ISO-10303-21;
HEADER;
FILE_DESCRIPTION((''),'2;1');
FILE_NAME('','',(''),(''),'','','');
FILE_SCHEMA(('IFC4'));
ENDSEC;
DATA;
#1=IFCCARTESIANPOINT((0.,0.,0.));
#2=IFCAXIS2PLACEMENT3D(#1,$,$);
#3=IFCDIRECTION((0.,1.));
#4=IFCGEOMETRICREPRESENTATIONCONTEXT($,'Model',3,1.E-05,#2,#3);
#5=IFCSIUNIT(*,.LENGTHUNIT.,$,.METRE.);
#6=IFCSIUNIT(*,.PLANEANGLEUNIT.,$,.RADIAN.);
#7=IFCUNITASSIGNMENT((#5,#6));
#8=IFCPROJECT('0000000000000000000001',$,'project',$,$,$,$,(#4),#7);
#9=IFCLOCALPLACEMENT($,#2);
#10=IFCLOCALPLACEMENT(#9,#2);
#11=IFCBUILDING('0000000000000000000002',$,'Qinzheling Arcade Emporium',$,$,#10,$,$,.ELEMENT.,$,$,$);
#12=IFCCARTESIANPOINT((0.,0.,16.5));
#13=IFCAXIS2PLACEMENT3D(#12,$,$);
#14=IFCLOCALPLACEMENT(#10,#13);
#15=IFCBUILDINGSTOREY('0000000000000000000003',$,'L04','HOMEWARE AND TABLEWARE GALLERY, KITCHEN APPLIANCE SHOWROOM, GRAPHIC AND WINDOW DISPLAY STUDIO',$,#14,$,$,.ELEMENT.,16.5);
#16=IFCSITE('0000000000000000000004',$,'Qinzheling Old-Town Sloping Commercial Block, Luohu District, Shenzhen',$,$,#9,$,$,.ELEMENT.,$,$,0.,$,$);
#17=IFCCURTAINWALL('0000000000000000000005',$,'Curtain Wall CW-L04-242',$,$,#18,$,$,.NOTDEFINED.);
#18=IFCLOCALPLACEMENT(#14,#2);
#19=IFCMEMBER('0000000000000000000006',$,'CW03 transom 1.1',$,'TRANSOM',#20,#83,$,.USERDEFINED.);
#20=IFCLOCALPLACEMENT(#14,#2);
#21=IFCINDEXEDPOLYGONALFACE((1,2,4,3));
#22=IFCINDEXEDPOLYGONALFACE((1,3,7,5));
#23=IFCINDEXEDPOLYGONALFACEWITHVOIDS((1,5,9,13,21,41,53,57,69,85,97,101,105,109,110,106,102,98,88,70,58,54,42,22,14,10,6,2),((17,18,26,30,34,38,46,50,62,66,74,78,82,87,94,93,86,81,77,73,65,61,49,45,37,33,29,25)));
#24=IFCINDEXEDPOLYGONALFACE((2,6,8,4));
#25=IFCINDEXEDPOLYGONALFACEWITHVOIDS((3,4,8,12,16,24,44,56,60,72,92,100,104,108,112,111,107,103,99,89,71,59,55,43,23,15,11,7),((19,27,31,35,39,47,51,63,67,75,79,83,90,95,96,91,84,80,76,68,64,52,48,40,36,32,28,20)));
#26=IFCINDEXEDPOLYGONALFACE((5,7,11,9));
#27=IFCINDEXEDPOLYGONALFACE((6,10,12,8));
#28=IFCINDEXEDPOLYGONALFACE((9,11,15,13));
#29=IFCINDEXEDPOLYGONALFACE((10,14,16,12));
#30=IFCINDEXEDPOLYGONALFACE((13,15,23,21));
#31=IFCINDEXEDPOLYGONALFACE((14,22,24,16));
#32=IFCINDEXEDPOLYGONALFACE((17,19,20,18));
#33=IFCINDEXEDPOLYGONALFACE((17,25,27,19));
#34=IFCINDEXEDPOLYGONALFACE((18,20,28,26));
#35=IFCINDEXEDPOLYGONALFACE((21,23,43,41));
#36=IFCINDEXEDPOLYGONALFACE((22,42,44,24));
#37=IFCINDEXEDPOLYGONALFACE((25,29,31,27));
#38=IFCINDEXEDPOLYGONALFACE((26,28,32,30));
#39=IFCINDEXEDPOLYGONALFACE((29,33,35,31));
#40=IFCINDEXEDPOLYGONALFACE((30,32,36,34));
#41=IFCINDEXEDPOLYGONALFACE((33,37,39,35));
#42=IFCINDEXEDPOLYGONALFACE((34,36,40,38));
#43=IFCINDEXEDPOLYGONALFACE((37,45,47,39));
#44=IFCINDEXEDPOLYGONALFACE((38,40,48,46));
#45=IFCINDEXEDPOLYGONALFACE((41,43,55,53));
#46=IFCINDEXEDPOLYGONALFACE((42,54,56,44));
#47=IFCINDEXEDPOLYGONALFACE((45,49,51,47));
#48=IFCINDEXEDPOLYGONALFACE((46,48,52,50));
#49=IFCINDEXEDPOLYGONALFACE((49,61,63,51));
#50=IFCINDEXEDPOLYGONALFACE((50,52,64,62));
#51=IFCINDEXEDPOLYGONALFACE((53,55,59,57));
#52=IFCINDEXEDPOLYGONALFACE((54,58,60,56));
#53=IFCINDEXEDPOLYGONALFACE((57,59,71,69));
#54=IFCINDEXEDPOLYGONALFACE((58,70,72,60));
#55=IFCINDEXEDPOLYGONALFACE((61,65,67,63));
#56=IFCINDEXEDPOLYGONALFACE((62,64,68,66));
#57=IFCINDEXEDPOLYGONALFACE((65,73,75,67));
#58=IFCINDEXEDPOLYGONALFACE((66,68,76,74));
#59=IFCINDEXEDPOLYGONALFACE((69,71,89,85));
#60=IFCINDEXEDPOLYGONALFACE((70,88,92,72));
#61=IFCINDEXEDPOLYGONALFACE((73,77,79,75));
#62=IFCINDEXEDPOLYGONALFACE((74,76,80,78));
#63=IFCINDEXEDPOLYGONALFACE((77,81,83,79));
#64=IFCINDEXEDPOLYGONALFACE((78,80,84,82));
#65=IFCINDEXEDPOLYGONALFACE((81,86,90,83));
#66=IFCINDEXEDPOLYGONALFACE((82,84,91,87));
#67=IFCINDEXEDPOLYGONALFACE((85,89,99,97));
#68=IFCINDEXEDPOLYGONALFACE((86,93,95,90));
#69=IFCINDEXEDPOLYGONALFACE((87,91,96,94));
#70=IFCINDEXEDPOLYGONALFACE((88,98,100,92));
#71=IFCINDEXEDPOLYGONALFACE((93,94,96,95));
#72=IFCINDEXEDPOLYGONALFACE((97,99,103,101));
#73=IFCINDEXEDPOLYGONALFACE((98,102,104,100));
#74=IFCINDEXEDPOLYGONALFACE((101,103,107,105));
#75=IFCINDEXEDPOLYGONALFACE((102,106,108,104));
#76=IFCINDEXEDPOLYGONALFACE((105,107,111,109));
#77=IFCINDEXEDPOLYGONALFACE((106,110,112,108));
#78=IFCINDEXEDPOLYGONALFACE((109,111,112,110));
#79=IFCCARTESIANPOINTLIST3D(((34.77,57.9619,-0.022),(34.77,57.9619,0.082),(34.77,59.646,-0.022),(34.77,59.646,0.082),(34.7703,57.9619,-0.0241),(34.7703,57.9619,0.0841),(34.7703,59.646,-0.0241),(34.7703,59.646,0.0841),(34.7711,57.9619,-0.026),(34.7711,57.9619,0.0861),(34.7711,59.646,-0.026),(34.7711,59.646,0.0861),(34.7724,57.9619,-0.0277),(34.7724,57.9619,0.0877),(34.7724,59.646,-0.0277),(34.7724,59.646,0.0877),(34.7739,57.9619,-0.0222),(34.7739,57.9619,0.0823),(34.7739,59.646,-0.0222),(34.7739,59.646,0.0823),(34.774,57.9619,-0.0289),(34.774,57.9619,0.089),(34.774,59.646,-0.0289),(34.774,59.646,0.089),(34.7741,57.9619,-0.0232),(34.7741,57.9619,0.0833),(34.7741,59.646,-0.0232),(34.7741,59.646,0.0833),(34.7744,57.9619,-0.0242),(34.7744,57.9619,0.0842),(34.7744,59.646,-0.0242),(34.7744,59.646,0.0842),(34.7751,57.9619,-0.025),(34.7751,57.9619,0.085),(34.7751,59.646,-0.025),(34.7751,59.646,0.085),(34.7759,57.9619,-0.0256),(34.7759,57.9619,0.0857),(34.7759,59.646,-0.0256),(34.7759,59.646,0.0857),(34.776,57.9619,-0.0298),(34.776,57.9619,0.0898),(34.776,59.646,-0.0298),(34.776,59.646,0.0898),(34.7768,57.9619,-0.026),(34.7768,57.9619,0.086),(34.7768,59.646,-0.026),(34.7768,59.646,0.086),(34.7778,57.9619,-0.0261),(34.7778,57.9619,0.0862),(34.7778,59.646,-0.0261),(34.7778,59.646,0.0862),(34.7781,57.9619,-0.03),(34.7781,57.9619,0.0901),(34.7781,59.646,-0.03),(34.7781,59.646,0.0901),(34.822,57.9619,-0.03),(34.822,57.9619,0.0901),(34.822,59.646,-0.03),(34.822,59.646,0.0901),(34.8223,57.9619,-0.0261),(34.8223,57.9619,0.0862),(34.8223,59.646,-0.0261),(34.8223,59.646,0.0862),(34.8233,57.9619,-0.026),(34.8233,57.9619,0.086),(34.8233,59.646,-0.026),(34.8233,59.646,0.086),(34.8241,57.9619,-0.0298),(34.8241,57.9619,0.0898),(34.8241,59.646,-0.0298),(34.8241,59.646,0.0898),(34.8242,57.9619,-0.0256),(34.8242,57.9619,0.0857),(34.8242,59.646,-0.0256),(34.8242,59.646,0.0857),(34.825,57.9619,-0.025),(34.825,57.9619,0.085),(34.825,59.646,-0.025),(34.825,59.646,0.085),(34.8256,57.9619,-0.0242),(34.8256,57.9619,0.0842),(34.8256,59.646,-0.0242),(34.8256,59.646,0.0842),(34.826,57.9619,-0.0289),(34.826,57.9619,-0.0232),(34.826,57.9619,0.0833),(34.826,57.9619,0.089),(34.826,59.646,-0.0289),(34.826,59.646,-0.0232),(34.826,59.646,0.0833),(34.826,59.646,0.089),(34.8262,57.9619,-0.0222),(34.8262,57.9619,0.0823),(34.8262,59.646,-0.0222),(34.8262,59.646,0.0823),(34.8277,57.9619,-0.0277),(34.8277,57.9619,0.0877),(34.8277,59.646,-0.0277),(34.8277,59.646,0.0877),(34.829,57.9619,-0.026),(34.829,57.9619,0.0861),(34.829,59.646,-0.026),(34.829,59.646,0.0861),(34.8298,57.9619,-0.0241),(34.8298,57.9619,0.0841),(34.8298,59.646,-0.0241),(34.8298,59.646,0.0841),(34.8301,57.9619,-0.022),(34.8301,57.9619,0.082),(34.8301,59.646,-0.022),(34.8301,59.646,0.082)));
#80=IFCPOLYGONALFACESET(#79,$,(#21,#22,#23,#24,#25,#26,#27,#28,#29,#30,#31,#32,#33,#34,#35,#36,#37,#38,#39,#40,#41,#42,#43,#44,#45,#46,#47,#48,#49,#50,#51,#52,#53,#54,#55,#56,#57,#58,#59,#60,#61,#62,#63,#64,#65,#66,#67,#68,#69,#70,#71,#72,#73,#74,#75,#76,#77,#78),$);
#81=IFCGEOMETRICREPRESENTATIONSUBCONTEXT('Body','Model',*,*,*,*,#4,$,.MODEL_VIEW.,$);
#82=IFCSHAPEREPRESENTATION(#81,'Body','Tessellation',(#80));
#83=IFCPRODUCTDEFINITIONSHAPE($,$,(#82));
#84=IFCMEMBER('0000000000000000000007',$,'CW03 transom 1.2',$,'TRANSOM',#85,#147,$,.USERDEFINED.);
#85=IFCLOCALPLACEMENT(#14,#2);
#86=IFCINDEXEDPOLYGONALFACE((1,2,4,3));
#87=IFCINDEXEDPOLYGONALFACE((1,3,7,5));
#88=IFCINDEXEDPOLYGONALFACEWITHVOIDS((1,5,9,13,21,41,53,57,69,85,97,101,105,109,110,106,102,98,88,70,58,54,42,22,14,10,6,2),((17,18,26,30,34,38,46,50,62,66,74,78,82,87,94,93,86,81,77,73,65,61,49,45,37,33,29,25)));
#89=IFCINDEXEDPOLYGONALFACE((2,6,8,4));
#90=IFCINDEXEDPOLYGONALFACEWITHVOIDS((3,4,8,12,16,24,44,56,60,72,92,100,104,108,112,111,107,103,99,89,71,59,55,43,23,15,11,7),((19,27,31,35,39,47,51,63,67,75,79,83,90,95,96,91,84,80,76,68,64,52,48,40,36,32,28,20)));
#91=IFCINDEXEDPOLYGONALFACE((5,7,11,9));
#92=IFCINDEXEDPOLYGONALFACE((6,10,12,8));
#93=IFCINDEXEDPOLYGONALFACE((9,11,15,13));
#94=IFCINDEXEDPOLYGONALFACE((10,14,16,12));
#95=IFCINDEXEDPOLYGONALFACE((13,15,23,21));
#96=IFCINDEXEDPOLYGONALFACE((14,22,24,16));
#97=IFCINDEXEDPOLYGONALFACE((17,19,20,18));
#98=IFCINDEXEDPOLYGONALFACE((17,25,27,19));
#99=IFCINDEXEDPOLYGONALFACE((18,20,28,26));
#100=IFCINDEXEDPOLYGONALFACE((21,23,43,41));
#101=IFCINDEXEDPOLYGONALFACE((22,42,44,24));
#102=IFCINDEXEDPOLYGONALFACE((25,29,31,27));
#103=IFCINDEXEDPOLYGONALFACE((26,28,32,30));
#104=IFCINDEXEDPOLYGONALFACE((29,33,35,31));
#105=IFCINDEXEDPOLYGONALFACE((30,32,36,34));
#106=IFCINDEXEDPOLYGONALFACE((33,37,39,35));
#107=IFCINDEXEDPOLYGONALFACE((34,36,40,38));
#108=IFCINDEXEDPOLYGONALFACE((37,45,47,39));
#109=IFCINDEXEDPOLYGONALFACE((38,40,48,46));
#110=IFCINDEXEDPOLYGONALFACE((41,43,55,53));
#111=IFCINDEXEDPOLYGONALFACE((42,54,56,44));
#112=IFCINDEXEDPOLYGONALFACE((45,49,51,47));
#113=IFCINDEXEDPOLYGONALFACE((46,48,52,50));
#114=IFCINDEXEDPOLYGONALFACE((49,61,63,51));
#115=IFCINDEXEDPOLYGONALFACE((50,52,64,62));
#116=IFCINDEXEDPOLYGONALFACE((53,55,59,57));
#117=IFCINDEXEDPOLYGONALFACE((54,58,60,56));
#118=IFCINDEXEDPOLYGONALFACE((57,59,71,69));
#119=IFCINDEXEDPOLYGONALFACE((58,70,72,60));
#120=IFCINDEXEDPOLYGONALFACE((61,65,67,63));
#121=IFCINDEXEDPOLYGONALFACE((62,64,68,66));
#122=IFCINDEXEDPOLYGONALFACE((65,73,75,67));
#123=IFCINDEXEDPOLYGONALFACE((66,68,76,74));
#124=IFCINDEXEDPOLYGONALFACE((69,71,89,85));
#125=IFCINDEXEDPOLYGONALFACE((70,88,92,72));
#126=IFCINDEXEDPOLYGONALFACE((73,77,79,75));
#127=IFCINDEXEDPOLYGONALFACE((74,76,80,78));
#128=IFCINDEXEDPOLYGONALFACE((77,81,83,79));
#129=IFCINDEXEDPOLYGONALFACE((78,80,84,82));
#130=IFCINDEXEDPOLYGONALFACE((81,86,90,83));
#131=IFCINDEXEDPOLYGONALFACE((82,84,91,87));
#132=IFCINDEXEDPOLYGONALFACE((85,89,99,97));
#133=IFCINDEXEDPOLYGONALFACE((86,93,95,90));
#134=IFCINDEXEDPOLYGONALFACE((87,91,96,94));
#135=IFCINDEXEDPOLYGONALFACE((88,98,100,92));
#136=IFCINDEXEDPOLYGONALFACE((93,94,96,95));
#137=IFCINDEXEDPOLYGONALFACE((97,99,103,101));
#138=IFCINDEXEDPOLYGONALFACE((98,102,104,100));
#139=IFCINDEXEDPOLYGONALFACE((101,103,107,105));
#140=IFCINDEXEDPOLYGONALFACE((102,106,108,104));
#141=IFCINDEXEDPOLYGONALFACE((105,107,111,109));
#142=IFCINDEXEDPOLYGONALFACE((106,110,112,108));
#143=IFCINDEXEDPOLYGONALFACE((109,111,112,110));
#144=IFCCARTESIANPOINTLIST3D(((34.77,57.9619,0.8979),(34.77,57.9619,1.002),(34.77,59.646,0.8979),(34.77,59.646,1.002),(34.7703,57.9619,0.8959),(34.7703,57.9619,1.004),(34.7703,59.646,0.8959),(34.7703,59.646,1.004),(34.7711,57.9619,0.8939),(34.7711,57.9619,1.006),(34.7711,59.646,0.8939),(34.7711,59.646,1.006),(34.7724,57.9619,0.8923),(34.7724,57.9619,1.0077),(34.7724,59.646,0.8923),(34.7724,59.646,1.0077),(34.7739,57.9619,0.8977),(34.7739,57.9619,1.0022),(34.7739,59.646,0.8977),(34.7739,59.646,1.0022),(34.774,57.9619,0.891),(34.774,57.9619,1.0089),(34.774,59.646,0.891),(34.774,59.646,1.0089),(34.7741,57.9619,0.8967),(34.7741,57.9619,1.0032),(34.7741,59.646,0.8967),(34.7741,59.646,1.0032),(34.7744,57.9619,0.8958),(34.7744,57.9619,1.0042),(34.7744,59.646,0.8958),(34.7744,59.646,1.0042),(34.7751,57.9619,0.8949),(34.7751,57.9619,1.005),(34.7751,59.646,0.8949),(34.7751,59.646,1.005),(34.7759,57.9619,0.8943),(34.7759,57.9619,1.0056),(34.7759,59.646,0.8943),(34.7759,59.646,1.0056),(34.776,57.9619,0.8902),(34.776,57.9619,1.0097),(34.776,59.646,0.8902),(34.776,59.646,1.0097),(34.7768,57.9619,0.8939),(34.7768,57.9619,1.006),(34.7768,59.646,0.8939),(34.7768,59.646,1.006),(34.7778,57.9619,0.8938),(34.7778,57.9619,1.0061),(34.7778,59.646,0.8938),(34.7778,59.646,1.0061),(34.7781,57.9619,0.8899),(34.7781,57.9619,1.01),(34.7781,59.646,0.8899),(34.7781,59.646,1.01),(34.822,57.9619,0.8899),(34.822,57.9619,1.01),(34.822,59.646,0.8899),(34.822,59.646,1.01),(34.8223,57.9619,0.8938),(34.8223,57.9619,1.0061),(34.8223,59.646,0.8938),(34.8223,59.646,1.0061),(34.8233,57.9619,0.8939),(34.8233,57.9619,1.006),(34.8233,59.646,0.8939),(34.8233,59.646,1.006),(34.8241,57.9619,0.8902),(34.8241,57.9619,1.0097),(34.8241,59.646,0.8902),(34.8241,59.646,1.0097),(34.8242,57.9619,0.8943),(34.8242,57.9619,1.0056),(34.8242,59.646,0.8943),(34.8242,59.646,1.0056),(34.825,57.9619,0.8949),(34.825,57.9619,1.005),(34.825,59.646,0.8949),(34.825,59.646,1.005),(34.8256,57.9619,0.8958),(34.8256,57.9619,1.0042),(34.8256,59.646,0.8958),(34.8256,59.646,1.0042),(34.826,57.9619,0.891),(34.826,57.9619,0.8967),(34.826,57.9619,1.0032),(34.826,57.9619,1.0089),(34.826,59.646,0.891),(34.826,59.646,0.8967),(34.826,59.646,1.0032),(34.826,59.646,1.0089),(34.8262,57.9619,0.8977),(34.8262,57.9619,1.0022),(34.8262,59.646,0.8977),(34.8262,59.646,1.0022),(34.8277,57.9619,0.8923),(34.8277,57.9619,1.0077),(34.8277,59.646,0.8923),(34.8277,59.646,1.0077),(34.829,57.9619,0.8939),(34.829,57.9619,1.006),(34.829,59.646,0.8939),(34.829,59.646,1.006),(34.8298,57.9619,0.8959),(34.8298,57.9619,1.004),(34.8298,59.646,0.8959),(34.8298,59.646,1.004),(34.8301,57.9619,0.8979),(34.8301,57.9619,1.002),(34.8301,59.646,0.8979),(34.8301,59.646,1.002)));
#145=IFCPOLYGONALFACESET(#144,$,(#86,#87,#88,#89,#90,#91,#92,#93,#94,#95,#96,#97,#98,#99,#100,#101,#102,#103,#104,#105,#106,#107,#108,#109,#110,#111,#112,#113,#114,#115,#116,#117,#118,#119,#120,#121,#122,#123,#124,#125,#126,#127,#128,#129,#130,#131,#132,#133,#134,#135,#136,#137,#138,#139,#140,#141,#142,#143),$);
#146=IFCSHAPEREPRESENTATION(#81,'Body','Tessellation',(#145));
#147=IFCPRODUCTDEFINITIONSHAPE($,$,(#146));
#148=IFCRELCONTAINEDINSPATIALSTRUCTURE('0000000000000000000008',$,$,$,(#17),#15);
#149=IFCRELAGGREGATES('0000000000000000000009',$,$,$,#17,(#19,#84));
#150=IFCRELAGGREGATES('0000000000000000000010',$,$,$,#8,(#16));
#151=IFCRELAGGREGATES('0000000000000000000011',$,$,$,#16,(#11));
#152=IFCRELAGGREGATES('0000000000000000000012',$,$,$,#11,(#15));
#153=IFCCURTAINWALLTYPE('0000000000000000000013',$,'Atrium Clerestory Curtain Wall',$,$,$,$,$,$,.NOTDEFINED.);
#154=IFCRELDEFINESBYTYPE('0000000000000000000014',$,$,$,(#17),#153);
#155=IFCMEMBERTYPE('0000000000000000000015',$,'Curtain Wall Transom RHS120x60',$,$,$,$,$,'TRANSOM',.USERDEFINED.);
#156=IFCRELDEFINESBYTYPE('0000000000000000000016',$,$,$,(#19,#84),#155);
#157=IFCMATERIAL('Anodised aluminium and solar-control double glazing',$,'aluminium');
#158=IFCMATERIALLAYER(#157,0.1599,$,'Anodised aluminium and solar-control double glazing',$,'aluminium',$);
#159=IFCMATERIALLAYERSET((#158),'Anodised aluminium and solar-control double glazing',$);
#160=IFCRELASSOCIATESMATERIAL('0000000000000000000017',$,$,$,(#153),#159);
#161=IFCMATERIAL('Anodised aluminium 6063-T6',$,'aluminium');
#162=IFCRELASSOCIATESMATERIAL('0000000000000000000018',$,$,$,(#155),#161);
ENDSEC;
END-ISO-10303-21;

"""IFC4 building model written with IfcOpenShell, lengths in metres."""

from ifc_helpers import new_model, si_unit, direction, frame, origin, origin_2d, place, context, subcontext, project, spatial, hollow_rectangle, extrude, material, layer, layer_set, material_profile, profile_set, type_object, element, aggregate, save


model = new_model("IFC4")

# Units and contexts
model_context = context("Model", 3, precision=1e-05, world=origin(), true_north=direction((0.0, 1.0)))
body_context = subcontext(model_context, "Body", "Model", "MODEL_VIEW")
ifc_project = project(units=[si_unit("LENGTHUNIT", "METRE"), si_unit("PLANEANGLEUNIT", "RADIAN")], contexts=[model_context])

# Site, building, storey
site_placement = place(None, origin())
site = spatial("IfcSite", under=ifc_project, at=site_placement, Name="Qinzheling Old-Town Sloping Commercial Block, Luohu District, Shenzhen", CompositionType="ELEMENT", RefElevation=0.0)
building_placement = place(site_placement, origin())
building = spatial("IfcBuilding", under=site, at=building_placement, Name="Qinzheling Arcade Emporium", CompositionType="ELEMENT")
storey_placement = place(building_placement, frame((0.0, 0.0, 16.5)))
storey = spatial("IfcBuildingStorey", under=building, at=storey_placement, Name="L04", Description="HOMEWARE AND TABLEWARE GALLERY, KITCHEN APPLIANCE SHOWROOM, GRAPHIC AND WINDOW DISPLAY STUDIO", CompositionType="ELEMENT", Elevation=16.5)

# Curtain wall
ifc_material_1 = material(Name="Anodised aluminium and solar-control double glazing", Category="aluminium")
ifc_layer_1 = layer(ifc_material_1, 0.1599, Name="Anodised aluminium and solar-control double glazing", Category="aluminium")
ifc_layer_set_1 = layer_set([ifc_layer_1], Name="Anodised aluminium and solar-control double glazing")
curtain_wall_type = type_object("IfcCurtainWallType", Name="Atrium Clerestory Curtain Wall", PredefinedType="NOTDEFINED", material=ifc_layer_set_1)
ifc_material_2 = material(Name="Anodised aluminium 6063-T6", Category="aluminium")
curtain_wall_1_placement = place(storey_placement, origin())
curtain_wall_1 = element("IfcCurtainWall", 1, at=curtain_wall_1_placement, inside=storey, type_object=curtain_wall_type, Name="Curtain Wall CW-L04-242", PredefinedType="NOTDEFINED")

# Members
ifc_material_profile_1 = material_profile(ifc_material_2, hollow_rectangle(XDim=0.0601, YDim=0.1201, WallThickness=0.0039, InnerFilletRadius=0.0039, OuterFilletRadius=0.0081, at=origin_2d()), Name="RHS 120x60x4", Category="aluminium")
ifc_profile_set_1 = profile_set([ifc_material_profile_1], Name="Anodised aluminium 6063-T6")
member_type_1 = type_object("IfcMemberType", Name="Curtain Wall Transom RHS120x60", ElementType="TRANSOM", PredefinedType="USERDEFINED", material=ifc_profile_set_1)
member_1_placement = place(storey_placement, frame((34.8, 57.9619, 0.03), z_axis=(0.0, 1.0, 0.0), x_axis=(-1.0, 0.0, 0.0)))
member_1 = element("IfcMember", 2, at=member_1_placement, type_object=member_type_1, Name="CW03 transom 1.1", ObjectType="TRANSOM", PredefinedType="USERDEFINED", context=body_context, shape_type="SweptSolid", body=[
    extrude(hollow_rectangle(XDim=0.0601, YDim=0.1201, WallThickness=0.0039, InnerFilletRadius=0.0039, OuterFilletRadius=0.0081, at=origin_2d()), origin(), (0.0, 0.0, 1.0), 1.6841),
])
member_2_placement = place(storey_placement, frame((34.8, 57.9619, 0.95), z_axis=(0.0, 1.0, 0.0), x_axis=(-1.0, 0.0, 0.0)))
member_2 = element("IfcMember", 3, at=member_2_placement, type_object=member_type_1, Name="CW03 transom 1.2", ObjectType="TRANSOM", PredefinedType="USERDEFINED", context=body_context, shape_type="SweptSolid", body=[
    extrude(hollow_rectangle(XDim=0.0601, YDim=0.1201, WallThickness=0.0039, InnerFilletRadius=0.0039, OuterFilletRadius=0.0081, at=origin_2d()), origin(), (0.0, 0.0, 1.0), 1.6841),
])

aggregate(curtain_wall_1, [member_1, member_2])

save(model, "model.ifc")
